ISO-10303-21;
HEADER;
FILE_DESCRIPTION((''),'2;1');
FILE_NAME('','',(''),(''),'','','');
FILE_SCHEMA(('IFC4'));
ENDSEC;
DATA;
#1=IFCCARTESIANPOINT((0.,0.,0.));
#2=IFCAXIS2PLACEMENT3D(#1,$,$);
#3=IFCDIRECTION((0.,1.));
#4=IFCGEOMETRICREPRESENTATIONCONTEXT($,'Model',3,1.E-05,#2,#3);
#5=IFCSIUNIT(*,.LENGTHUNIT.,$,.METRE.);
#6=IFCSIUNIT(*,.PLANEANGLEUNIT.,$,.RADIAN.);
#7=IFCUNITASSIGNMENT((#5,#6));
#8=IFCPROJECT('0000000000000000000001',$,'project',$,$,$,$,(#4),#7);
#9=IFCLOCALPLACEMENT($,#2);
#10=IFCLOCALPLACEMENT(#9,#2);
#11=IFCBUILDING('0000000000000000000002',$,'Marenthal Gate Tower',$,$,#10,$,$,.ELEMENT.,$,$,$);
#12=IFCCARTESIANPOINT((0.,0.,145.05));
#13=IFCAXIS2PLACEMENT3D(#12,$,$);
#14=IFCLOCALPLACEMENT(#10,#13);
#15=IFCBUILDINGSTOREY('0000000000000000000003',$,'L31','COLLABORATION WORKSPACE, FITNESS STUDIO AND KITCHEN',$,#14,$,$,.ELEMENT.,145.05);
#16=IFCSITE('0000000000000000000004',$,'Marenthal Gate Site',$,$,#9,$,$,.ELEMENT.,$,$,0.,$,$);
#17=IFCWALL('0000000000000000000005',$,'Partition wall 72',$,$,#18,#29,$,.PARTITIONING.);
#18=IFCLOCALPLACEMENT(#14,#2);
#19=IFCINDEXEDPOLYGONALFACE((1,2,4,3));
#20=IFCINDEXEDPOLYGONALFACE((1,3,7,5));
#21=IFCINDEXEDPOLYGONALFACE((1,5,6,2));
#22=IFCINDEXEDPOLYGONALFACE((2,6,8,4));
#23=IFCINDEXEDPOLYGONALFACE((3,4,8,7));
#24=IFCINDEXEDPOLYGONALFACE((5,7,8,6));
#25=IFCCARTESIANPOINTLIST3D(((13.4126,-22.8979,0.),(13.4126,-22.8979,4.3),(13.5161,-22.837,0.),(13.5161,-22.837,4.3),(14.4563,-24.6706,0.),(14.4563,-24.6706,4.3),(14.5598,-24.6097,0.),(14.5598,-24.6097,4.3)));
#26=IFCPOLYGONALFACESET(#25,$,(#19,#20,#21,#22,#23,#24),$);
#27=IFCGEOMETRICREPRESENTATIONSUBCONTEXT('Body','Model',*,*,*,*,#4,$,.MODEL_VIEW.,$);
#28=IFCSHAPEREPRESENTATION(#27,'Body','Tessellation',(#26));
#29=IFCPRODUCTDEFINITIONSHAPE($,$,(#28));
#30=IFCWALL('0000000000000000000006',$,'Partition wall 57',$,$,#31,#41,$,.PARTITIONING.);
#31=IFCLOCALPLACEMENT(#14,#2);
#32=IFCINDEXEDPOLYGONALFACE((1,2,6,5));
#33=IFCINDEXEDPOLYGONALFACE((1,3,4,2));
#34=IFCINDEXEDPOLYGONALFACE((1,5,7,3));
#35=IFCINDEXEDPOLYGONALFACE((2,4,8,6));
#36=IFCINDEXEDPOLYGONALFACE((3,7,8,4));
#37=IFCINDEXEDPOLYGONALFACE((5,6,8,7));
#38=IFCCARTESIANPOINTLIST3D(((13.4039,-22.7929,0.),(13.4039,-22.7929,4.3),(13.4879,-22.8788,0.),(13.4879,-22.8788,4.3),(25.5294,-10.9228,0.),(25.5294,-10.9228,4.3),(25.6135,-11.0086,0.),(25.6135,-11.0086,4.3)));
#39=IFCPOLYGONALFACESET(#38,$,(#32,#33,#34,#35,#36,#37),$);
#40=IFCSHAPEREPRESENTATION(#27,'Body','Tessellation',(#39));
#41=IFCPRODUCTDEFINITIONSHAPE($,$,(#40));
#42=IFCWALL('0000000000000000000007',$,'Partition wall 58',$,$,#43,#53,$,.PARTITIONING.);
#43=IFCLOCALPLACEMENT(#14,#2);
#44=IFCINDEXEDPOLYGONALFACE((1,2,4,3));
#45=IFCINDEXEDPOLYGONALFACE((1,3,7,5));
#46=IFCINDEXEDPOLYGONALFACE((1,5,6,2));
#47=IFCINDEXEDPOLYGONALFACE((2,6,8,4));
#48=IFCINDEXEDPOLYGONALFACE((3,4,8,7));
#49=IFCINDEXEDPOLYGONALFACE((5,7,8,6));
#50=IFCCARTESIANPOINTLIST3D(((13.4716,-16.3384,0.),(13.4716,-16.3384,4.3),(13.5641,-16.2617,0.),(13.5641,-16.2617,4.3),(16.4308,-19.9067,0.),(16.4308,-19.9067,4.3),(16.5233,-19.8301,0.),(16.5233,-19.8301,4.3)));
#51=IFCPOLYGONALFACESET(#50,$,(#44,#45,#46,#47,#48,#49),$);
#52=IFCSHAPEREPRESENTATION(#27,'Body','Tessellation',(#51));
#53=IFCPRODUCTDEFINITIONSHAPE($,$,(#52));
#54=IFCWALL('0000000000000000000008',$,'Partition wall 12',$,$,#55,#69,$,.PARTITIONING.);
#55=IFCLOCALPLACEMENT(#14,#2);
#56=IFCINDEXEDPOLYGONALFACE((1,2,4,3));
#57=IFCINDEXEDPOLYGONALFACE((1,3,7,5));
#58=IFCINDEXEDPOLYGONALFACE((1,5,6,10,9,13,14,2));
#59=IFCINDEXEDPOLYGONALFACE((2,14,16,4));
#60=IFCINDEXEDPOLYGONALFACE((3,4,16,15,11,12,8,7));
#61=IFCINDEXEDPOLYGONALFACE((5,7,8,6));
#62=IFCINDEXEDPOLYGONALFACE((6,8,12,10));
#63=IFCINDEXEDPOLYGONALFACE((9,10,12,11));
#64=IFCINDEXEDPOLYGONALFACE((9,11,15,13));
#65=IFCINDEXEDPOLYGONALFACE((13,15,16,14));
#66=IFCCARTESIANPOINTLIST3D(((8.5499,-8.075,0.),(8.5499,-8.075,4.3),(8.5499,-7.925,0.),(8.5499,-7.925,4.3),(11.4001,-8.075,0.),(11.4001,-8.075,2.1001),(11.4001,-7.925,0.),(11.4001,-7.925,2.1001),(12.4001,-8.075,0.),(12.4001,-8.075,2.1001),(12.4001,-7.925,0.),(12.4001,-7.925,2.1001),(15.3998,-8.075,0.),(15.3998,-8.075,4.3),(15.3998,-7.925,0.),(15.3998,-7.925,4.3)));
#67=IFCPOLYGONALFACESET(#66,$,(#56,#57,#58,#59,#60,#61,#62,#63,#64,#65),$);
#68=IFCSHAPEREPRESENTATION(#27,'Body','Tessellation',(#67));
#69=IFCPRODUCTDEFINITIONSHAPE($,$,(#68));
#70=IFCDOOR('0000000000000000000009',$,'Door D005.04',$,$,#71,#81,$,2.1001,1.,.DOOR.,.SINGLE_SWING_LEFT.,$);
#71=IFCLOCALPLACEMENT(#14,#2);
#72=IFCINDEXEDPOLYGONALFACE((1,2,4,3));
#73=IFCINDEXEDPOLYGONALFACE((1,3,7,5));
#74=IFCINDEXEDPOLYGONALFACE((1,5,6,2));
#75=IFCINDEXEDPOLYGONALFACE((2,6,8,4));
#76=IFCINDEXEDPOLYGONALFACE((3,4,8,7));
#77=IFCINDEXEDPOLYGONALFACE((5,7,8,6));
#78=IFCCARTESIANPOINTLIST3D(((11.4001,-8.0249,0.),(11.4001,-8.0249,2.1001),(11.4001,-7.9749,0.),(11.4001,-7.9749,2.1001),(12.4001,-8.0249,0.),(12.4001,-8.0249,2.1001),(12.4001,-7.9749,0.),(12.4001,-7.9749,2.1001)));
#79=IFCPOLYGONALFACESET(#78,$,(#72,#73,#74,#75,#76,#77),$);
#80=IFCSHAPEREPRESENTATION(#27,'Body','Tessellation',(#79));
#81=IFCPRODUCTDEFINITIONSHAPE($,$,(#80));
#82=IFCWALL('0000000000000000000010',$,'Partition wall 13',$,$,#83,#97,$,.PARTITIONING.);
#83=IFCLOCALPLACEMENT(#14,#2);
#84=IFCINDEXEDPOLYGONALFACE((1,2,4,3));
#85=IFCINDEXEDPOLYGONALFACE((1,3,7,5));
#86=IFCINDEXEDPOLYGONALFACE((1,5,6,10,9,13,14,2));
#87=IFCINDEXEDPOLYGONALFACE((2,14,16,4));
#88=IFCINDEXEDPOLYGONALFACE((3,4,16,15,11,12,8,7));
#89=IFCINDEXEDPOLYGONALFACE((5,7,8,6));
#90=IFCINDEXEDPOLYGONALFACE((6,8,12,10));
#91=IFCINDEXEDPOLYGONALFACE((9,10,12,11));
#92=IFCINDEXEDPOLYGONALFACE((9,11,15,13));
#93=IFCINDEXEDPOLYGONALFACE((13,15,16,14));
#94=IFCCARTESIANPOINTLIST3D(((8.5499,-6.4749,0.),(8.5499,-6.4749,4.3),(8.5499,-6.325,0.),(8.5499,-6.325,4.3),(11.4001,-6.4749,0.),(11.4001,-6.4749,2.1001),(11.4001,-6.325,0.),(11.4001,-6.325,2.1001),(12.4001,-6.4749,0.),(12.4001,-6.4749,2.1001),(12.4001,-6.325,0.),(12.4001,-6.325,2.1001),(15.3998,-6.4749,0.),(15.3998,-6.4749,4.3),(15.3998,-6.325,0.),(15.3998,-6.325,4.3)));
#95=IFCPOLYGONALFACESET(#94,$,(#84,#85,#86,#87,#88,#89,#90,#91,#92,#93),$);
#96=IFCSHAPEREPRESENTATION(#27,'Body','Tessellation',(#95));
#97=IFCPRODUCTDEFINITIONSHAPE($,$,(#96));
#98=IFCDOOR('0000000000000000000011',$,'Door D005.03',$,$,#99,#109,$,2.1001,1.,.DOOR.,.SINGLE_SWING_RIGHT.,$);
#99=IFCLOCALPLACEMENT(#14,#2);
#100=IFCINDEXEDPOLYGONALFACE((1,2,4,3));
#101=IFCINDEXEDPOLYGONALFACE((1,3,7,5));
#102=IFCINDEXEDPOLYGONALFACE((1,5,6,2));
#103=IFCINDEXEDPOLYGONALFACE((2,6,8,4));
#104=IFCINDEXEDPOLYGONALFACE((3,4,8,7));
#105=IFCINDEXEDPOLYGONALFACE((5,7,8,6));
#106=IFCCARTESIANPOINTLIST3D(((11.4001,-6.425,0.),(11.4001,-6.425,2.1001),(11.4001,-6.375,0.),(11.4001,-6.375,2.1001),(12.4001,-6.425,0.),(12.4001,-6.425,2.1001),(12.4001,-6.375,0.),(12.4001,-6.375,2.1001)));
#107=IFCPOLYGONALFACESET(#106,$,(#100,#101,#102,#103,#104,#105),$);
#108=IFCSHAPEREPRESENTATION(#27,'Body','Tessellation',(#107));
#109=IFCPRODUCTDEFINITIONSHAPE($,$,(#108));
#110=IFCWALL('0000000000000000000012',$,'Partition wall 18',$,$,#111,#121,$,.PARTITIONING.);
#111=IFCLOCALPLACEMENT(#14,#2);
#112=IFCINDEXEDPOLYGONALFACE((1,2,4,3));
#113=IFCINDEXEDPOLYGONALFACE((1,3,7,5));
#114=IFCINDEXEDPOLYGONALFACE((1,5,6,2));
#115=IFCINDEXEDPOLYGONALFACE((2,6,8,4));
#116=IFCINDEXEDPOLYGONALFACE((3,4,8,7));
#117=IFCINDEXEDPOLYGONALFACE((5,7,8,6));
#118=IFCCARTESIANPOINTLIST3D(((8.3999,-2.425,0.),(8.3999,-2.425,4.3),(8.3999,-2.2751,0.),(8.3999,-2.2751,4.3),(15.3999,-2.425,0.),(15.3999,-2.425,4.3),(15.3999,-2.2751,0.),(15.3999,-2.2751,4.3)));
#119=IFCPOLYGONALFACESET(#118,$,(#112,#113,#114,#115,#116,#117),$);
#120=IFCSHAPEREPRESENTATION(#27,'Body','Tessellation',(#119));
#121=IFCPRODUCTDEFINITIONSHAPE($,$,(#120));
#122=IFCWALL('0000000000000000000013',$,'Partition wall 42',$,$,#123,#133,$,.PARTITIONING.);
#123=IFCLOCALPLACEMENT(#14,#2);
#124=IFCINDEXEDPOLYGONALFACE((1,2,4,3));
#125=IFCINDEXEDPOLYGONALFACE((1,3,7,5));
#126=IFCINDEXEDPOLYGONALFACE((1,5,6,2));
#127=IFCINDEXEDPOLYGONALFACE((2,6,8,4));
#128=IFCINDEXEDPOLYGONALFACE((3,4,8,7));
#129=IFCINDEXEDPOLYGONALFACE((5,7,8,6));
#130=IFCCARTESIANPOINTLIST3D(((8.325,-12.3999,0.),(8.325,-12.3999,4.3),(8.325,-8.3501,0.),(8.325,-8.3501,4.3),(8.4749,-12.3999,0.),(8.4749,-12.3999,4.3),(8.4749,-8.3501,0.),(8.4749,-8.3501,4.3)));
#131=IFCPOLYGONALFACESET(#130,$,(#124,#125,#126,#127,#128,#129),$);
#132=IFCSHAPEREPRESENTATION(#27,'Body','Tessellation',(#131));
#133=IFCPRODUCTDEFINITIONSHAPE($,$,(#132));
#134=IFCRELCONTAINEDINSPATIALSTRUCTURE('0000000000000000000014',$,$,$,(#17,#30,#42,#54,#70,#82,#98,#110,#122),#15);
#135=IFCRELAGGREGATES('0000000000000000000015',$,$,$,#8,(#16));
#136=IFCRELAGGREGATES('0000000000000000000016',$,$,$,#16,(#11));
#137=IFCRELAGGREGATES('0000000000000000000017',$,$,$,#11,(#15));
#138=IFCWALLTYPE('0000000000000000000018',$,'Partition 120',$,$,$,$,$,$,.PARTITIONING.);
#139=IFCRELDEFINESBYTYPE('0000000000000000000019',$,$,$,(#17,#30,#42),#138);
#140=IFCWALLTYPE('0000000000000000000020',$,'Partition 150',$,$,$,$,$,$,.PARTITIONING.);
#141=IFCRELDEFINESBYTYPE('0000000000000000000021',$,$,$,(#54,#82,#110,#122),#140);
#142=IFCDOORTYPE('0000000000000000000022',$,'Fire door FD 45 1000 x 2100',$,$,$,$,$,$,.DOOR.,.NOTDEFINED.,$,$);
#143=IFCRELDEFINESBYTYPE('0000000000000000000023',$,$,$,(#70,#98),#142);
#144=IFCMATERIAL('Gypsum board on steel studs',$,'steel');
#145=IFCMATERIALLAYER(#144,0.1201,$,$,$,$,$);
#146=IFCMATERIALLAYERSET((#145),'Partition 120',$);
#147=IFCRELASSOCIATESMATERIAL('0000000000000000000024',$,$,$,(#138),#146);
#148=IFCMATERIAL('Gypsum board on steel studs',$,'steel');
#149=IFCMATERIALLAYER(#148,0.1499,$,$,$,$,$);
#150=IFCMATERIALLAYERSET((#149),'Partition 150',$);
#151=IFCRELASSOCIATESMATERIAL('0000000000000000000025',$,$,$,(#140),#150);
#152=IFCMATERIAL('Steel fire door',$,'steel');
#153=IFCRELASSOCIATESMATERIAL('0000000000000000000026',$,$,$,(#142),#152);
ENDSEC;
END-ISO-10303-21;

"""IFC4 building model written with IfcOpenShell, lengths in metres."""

from ifc_helpers import new_model, si_unit, direction, frame, frame_2d, origin, place, context, subcontext, project, spatial, rectangle, extrude, material, layer, layer_set, type_object, element, fill, save


model = new_model("IFC4")

# Units and contexts
model_context = context("Model", 3, precision=1e-05, world=origin(), true_north=direction((0.0, 1.0)))
body_context = subcontext(model_context, "Body", "Model", "MODEL_VIEW")
ifc_project = project(units=[si_unit("LENGTHUNIT", "METRE"), si_unit("PLANEANGLEUNIT", "RADIAN")], contexts=[model_context])

# Site, building, storey
site_placement = place(None, origin())
site = spatial("IfcSite", under=ifc_project, at=site_placement, Name="Marenthal Gate Site", CompositionType="ELEMENT", RefElevation=0.0)
building_placement = place(site_placement, origin())
building = spatial("IfcBuilding", under=site, at=building_placement, Name="Marenthal Gate Tower", CompositionType="ELEMENT")
storey_placement = place(building_placement, frame((0.0, 0.0, 145.05)))
storey = spatial("IfcBuildingStorey", under=building, at=storey_placement, Name="L31", Description="COLLABORATION WORKSPACE, FITNESS STUDIO AND KITCHEN", CompositionType="ELEMENT", Elevation=145.05)

# Walls
ifc_material_1 = material(Name="Gypsum board on steel studs", Category="steel")
ifc_layer_1 = layer(ifc_material_1, 0.1201)
ifc_layer_set_1 = layer_set([ifc_layer_1], Name="Partition 120")
wall_type_1 = type_object("IfcWallType", Name="Partition 120", PredefinedType="PARTITIONING", material=ifc_layer_set_1)
wall_1_placement = place(storey_placement, frame((13.4644, -22.8674, 0.0), z_axis=(0.0, 0.0, 1.0), x_axis=(0.507357, -0.861736, 0.0)))
element("IfcWall", 1, at=wall_1_placement, inside=storey, type_object=wall_type_1, Name="Partition wall 72", PredefinedType="PARTITIONING", context=body_context, shape_type="SweptSolid", body=[
    extrude(rectangle(XDim=2.0571, YDim=0.1201, at=frame_2d((1.0286, 0.0))), origin(), (0.0, 0.0, 1.0), 4.3),
])
wall_2_placement = place(storey_placement, frame((13.4458, -22.8359, 0.0), z_axis=(0.0, 0.0, 1.0), x_axis=(0.714592, 0.699542, 0.0)))
element("IfcWall", 2, at=wall_2_placement, inside=storey, type_object=wall_type_1, Name="Partition wall 57", PredefinedType="PARTITIONING", context=body_context, shape_type="SweptSolid", body=[
    extrude(rectangle(XDim=16.9685, YDim=0.1201, at=frame_2d((8.4844, 0.0))), origin(), (0.0, 0.0, 1.0), 4.3),
])
wall_3_placement = place(storey_placement, frame((16.4771, -19.8684, 0.0), z_axis=(0.0, 0.0, 1.0), x_axis=(-0.638349, 0.769747, 0.0)))
element("IfcWall", 3, at=wall_3_placement, inside=storey, type_object=wall_type_1, Name="Partition wall 58", PredefinedType="PARTITIONING", context=body_context, shape_type="SweptSolid", body=[
    extrude(rectangle(XDim=4.6357, YDim=0.1201, at=frame_2d((2.3179, 0.0))), origin(), (0.0, 0.0, 1.0), 4.3),
])

# Walls, openings, doors
ifc_material_2 = material(Name="Gypsum board on steel studs", Category="steel")
ifc_layer_2 = layer(ifc_material_2, 0.1499)
ifc_layer_set_2 = layer_set([ifc_layer_2], Name="Partition 150")
wall_type_2 = type_object("IfcWallType", Name="Partition 150", PredefinedType="PARTITIONING", material=ifc_layer_set_2)
wall_4_placement = place(storey_placement, frame((8.55, -8.0, 0.0), z_axis=(0.0, 0.0, 1.0), x_axis=(1.0, 0.0, 0.0)))
wall_4 = element("IfcWall", 4, at=wall_4_placement, inside=storey, type_object=wall_type_2, Name="Partition wall 12", PredefinedType="PARTITIONING", context=body_context, shape_type="SweptSolid", body=[
    extrude(rectangle(XDim=6.8499, YDim=0.1499, at=frame_2d((3.4248, 0.0))), origin(), (0.0, 0.0, 1.0), 4.3),
])
opening_1_placement = place(wall_4_placement, frame((2.8501, 0.0, 0.0)))
opening_1 = element("IfcOpeningElement", 5, at=opening_1_placement, cuts=wall_4, PredefinedType="OPENING", context=body_context, shape_type="SweptSolid", body=[
    extrude(rectangle(XDim=1.0, YDim=2.1001, at=frame_2d((0.5, 1.05))), frame((0.0, 0.085, 0.0), z_axis=(0.0, -1.0, 0.0), x_axis=(1.0, 0.0, 0.0)), (0.0, 0.0, 1.0), 0.1699),
])
ifc_material_3 = material(Name="Steel fire door", Category="steel")
door_type_1 = type_object("IfcDoorType", Name="Fire door FD 45 1000 x 2100", OperationType="NOTDEFINED", PredefinedType="DOOR", material=ifc_material_3)
door_1_placement = place(opening_1_placement, frame((1.0, 0.0, 0.0), z_axis=(0.0, 0.0, 1.0), x_axis=(-1.0, 0.0, 0.0)))
door_1 = element("IfcDoor", 6, at=door_1_placement, inside=storey, type_object=door_type_1, Name="Door D005.04", OperationType="SINGLE_SWING_LEFT", OverallHeight=2.1001, OverallWidth=1.0, PredefinedType="DOOR", context=body_context, shape_type="SweptSolid", body=[
    extrude(rectangle(XDim=1.0, YDim=2.1001, at=frame_2d((0.5, 1.05))), frame((0.0, 0.0249, 0.0), z_axis=(0.0, -1.0, 0.0), x_axis=(1.0, 0.0, 0.0)), (0.0, 0.0, 1.0), 0.05),
])
fill(opening_1, door_1)
wall_5_placement = place(storey_placement, frame((8.55, -6.3999, 0.0), z_axis=(0.0, 0.0, 1.0), x_axis=(1.0, 0.0, 0.0)))
wall_5 = element("IfcWall", 7, at=wall_5_placement, inside=storey, type_object=wall_type_2, Name="Partition wall 13", PredefinedType="PARTITIONING", context=body_context, shape_type="SweptSolid", body=[
    extrude(rectangle(XDim=6.8499, YDim=0.1499, at=frame_2d((3.4248, 0.0))), origin(), (0.0, 0.0, 1.0), 4.3),
])
opening_2_placement = place(wall_5_placement, frame((2.8501, 0.0, 0.0)))
opening_2 = element("IfcOpeningElement", 8, at=opening_2_placement, cuts=wall_5, PredefinedType="OPENING", context=body_context, shape_type="SweptSolid", body=[
    extrude(rectangle(XDim=1.0, YDim=2.1001, at=frame_2d((0.5, 1.05))), frame((0.0, 0.085, 0.0), z_axis=(0.0, -1.0, 0.0), x_axis=(1.0, 0.0, 0.0)), (0.0, 0.0, 1.0), 0.1699),
])
door_2_placement = place(opening_2_placement, origin())
door_2 = element("IfcDoor", 9, at=door_2_placement, inside=storey, type_object=door_type_1, Name="Door D005.03", OperationType="SINGLE_SWING_RIGHT", OverallHeight=2.1001, OverallWidth=1.0, PredefinedType="DOOR", context=body_context, shape_type="SweptSolid", body=[
    extrude(rectangle(XDim=1.0, YDim=2.1001, at=frame_2d((0.5, 1.05))), frame((0.0, 0.0249, 0.0), z_axis=(0.0, -1.0, 0.0), x_axis=(1.0, 0.0, 0.0)), (0.0, 0.0, 1.0), 0.05),
])
fill(opening_2, door_2)

# Walls
wall_6_placement = place(storey_placement, frame((8.3999, -2.3501, 0.0), z_axis=(0.0, 0.0, 1.0), x_axis=(1.0, 0.0, 0.0)))
element("IfcWall", 10, at=wall_6_placement, inside=storey, type_object=wall_type_2, Name="Partition wall 18", PredefinedType="PARTITIONING", context=body_context, shape_type="SweptSolid", body=[
    extrude(rectangle(XDim=7.0, YDim=0.1499, at=frame_2d((3.5, 0.0))), origin(), (0.0, 0.0, 1.0), 4.3),
])
wall_7_placement = place(storey_placement, frame((8.3999, -12.3999, 0.0), z_axis=(0.0, 0.0, 1.0), x_axis=(0.0, 1.0, 0.0)))
element("IfcWall", 11, at=wall_7_placement, inside=storey, type_object=wall_type_2, Name="Partition wall 42", PredefinedType="PARTITIONING", context=body_context, shape_type="SweptSolid", body=[
    extrude(rectangle(XDim=4.0498, YDim=0.1499, at=frame_2d((2.0249, 0.0))), origin(), (0.0, 0.0, 1.0), 4.3),
])

save(model, "model.ifc")
